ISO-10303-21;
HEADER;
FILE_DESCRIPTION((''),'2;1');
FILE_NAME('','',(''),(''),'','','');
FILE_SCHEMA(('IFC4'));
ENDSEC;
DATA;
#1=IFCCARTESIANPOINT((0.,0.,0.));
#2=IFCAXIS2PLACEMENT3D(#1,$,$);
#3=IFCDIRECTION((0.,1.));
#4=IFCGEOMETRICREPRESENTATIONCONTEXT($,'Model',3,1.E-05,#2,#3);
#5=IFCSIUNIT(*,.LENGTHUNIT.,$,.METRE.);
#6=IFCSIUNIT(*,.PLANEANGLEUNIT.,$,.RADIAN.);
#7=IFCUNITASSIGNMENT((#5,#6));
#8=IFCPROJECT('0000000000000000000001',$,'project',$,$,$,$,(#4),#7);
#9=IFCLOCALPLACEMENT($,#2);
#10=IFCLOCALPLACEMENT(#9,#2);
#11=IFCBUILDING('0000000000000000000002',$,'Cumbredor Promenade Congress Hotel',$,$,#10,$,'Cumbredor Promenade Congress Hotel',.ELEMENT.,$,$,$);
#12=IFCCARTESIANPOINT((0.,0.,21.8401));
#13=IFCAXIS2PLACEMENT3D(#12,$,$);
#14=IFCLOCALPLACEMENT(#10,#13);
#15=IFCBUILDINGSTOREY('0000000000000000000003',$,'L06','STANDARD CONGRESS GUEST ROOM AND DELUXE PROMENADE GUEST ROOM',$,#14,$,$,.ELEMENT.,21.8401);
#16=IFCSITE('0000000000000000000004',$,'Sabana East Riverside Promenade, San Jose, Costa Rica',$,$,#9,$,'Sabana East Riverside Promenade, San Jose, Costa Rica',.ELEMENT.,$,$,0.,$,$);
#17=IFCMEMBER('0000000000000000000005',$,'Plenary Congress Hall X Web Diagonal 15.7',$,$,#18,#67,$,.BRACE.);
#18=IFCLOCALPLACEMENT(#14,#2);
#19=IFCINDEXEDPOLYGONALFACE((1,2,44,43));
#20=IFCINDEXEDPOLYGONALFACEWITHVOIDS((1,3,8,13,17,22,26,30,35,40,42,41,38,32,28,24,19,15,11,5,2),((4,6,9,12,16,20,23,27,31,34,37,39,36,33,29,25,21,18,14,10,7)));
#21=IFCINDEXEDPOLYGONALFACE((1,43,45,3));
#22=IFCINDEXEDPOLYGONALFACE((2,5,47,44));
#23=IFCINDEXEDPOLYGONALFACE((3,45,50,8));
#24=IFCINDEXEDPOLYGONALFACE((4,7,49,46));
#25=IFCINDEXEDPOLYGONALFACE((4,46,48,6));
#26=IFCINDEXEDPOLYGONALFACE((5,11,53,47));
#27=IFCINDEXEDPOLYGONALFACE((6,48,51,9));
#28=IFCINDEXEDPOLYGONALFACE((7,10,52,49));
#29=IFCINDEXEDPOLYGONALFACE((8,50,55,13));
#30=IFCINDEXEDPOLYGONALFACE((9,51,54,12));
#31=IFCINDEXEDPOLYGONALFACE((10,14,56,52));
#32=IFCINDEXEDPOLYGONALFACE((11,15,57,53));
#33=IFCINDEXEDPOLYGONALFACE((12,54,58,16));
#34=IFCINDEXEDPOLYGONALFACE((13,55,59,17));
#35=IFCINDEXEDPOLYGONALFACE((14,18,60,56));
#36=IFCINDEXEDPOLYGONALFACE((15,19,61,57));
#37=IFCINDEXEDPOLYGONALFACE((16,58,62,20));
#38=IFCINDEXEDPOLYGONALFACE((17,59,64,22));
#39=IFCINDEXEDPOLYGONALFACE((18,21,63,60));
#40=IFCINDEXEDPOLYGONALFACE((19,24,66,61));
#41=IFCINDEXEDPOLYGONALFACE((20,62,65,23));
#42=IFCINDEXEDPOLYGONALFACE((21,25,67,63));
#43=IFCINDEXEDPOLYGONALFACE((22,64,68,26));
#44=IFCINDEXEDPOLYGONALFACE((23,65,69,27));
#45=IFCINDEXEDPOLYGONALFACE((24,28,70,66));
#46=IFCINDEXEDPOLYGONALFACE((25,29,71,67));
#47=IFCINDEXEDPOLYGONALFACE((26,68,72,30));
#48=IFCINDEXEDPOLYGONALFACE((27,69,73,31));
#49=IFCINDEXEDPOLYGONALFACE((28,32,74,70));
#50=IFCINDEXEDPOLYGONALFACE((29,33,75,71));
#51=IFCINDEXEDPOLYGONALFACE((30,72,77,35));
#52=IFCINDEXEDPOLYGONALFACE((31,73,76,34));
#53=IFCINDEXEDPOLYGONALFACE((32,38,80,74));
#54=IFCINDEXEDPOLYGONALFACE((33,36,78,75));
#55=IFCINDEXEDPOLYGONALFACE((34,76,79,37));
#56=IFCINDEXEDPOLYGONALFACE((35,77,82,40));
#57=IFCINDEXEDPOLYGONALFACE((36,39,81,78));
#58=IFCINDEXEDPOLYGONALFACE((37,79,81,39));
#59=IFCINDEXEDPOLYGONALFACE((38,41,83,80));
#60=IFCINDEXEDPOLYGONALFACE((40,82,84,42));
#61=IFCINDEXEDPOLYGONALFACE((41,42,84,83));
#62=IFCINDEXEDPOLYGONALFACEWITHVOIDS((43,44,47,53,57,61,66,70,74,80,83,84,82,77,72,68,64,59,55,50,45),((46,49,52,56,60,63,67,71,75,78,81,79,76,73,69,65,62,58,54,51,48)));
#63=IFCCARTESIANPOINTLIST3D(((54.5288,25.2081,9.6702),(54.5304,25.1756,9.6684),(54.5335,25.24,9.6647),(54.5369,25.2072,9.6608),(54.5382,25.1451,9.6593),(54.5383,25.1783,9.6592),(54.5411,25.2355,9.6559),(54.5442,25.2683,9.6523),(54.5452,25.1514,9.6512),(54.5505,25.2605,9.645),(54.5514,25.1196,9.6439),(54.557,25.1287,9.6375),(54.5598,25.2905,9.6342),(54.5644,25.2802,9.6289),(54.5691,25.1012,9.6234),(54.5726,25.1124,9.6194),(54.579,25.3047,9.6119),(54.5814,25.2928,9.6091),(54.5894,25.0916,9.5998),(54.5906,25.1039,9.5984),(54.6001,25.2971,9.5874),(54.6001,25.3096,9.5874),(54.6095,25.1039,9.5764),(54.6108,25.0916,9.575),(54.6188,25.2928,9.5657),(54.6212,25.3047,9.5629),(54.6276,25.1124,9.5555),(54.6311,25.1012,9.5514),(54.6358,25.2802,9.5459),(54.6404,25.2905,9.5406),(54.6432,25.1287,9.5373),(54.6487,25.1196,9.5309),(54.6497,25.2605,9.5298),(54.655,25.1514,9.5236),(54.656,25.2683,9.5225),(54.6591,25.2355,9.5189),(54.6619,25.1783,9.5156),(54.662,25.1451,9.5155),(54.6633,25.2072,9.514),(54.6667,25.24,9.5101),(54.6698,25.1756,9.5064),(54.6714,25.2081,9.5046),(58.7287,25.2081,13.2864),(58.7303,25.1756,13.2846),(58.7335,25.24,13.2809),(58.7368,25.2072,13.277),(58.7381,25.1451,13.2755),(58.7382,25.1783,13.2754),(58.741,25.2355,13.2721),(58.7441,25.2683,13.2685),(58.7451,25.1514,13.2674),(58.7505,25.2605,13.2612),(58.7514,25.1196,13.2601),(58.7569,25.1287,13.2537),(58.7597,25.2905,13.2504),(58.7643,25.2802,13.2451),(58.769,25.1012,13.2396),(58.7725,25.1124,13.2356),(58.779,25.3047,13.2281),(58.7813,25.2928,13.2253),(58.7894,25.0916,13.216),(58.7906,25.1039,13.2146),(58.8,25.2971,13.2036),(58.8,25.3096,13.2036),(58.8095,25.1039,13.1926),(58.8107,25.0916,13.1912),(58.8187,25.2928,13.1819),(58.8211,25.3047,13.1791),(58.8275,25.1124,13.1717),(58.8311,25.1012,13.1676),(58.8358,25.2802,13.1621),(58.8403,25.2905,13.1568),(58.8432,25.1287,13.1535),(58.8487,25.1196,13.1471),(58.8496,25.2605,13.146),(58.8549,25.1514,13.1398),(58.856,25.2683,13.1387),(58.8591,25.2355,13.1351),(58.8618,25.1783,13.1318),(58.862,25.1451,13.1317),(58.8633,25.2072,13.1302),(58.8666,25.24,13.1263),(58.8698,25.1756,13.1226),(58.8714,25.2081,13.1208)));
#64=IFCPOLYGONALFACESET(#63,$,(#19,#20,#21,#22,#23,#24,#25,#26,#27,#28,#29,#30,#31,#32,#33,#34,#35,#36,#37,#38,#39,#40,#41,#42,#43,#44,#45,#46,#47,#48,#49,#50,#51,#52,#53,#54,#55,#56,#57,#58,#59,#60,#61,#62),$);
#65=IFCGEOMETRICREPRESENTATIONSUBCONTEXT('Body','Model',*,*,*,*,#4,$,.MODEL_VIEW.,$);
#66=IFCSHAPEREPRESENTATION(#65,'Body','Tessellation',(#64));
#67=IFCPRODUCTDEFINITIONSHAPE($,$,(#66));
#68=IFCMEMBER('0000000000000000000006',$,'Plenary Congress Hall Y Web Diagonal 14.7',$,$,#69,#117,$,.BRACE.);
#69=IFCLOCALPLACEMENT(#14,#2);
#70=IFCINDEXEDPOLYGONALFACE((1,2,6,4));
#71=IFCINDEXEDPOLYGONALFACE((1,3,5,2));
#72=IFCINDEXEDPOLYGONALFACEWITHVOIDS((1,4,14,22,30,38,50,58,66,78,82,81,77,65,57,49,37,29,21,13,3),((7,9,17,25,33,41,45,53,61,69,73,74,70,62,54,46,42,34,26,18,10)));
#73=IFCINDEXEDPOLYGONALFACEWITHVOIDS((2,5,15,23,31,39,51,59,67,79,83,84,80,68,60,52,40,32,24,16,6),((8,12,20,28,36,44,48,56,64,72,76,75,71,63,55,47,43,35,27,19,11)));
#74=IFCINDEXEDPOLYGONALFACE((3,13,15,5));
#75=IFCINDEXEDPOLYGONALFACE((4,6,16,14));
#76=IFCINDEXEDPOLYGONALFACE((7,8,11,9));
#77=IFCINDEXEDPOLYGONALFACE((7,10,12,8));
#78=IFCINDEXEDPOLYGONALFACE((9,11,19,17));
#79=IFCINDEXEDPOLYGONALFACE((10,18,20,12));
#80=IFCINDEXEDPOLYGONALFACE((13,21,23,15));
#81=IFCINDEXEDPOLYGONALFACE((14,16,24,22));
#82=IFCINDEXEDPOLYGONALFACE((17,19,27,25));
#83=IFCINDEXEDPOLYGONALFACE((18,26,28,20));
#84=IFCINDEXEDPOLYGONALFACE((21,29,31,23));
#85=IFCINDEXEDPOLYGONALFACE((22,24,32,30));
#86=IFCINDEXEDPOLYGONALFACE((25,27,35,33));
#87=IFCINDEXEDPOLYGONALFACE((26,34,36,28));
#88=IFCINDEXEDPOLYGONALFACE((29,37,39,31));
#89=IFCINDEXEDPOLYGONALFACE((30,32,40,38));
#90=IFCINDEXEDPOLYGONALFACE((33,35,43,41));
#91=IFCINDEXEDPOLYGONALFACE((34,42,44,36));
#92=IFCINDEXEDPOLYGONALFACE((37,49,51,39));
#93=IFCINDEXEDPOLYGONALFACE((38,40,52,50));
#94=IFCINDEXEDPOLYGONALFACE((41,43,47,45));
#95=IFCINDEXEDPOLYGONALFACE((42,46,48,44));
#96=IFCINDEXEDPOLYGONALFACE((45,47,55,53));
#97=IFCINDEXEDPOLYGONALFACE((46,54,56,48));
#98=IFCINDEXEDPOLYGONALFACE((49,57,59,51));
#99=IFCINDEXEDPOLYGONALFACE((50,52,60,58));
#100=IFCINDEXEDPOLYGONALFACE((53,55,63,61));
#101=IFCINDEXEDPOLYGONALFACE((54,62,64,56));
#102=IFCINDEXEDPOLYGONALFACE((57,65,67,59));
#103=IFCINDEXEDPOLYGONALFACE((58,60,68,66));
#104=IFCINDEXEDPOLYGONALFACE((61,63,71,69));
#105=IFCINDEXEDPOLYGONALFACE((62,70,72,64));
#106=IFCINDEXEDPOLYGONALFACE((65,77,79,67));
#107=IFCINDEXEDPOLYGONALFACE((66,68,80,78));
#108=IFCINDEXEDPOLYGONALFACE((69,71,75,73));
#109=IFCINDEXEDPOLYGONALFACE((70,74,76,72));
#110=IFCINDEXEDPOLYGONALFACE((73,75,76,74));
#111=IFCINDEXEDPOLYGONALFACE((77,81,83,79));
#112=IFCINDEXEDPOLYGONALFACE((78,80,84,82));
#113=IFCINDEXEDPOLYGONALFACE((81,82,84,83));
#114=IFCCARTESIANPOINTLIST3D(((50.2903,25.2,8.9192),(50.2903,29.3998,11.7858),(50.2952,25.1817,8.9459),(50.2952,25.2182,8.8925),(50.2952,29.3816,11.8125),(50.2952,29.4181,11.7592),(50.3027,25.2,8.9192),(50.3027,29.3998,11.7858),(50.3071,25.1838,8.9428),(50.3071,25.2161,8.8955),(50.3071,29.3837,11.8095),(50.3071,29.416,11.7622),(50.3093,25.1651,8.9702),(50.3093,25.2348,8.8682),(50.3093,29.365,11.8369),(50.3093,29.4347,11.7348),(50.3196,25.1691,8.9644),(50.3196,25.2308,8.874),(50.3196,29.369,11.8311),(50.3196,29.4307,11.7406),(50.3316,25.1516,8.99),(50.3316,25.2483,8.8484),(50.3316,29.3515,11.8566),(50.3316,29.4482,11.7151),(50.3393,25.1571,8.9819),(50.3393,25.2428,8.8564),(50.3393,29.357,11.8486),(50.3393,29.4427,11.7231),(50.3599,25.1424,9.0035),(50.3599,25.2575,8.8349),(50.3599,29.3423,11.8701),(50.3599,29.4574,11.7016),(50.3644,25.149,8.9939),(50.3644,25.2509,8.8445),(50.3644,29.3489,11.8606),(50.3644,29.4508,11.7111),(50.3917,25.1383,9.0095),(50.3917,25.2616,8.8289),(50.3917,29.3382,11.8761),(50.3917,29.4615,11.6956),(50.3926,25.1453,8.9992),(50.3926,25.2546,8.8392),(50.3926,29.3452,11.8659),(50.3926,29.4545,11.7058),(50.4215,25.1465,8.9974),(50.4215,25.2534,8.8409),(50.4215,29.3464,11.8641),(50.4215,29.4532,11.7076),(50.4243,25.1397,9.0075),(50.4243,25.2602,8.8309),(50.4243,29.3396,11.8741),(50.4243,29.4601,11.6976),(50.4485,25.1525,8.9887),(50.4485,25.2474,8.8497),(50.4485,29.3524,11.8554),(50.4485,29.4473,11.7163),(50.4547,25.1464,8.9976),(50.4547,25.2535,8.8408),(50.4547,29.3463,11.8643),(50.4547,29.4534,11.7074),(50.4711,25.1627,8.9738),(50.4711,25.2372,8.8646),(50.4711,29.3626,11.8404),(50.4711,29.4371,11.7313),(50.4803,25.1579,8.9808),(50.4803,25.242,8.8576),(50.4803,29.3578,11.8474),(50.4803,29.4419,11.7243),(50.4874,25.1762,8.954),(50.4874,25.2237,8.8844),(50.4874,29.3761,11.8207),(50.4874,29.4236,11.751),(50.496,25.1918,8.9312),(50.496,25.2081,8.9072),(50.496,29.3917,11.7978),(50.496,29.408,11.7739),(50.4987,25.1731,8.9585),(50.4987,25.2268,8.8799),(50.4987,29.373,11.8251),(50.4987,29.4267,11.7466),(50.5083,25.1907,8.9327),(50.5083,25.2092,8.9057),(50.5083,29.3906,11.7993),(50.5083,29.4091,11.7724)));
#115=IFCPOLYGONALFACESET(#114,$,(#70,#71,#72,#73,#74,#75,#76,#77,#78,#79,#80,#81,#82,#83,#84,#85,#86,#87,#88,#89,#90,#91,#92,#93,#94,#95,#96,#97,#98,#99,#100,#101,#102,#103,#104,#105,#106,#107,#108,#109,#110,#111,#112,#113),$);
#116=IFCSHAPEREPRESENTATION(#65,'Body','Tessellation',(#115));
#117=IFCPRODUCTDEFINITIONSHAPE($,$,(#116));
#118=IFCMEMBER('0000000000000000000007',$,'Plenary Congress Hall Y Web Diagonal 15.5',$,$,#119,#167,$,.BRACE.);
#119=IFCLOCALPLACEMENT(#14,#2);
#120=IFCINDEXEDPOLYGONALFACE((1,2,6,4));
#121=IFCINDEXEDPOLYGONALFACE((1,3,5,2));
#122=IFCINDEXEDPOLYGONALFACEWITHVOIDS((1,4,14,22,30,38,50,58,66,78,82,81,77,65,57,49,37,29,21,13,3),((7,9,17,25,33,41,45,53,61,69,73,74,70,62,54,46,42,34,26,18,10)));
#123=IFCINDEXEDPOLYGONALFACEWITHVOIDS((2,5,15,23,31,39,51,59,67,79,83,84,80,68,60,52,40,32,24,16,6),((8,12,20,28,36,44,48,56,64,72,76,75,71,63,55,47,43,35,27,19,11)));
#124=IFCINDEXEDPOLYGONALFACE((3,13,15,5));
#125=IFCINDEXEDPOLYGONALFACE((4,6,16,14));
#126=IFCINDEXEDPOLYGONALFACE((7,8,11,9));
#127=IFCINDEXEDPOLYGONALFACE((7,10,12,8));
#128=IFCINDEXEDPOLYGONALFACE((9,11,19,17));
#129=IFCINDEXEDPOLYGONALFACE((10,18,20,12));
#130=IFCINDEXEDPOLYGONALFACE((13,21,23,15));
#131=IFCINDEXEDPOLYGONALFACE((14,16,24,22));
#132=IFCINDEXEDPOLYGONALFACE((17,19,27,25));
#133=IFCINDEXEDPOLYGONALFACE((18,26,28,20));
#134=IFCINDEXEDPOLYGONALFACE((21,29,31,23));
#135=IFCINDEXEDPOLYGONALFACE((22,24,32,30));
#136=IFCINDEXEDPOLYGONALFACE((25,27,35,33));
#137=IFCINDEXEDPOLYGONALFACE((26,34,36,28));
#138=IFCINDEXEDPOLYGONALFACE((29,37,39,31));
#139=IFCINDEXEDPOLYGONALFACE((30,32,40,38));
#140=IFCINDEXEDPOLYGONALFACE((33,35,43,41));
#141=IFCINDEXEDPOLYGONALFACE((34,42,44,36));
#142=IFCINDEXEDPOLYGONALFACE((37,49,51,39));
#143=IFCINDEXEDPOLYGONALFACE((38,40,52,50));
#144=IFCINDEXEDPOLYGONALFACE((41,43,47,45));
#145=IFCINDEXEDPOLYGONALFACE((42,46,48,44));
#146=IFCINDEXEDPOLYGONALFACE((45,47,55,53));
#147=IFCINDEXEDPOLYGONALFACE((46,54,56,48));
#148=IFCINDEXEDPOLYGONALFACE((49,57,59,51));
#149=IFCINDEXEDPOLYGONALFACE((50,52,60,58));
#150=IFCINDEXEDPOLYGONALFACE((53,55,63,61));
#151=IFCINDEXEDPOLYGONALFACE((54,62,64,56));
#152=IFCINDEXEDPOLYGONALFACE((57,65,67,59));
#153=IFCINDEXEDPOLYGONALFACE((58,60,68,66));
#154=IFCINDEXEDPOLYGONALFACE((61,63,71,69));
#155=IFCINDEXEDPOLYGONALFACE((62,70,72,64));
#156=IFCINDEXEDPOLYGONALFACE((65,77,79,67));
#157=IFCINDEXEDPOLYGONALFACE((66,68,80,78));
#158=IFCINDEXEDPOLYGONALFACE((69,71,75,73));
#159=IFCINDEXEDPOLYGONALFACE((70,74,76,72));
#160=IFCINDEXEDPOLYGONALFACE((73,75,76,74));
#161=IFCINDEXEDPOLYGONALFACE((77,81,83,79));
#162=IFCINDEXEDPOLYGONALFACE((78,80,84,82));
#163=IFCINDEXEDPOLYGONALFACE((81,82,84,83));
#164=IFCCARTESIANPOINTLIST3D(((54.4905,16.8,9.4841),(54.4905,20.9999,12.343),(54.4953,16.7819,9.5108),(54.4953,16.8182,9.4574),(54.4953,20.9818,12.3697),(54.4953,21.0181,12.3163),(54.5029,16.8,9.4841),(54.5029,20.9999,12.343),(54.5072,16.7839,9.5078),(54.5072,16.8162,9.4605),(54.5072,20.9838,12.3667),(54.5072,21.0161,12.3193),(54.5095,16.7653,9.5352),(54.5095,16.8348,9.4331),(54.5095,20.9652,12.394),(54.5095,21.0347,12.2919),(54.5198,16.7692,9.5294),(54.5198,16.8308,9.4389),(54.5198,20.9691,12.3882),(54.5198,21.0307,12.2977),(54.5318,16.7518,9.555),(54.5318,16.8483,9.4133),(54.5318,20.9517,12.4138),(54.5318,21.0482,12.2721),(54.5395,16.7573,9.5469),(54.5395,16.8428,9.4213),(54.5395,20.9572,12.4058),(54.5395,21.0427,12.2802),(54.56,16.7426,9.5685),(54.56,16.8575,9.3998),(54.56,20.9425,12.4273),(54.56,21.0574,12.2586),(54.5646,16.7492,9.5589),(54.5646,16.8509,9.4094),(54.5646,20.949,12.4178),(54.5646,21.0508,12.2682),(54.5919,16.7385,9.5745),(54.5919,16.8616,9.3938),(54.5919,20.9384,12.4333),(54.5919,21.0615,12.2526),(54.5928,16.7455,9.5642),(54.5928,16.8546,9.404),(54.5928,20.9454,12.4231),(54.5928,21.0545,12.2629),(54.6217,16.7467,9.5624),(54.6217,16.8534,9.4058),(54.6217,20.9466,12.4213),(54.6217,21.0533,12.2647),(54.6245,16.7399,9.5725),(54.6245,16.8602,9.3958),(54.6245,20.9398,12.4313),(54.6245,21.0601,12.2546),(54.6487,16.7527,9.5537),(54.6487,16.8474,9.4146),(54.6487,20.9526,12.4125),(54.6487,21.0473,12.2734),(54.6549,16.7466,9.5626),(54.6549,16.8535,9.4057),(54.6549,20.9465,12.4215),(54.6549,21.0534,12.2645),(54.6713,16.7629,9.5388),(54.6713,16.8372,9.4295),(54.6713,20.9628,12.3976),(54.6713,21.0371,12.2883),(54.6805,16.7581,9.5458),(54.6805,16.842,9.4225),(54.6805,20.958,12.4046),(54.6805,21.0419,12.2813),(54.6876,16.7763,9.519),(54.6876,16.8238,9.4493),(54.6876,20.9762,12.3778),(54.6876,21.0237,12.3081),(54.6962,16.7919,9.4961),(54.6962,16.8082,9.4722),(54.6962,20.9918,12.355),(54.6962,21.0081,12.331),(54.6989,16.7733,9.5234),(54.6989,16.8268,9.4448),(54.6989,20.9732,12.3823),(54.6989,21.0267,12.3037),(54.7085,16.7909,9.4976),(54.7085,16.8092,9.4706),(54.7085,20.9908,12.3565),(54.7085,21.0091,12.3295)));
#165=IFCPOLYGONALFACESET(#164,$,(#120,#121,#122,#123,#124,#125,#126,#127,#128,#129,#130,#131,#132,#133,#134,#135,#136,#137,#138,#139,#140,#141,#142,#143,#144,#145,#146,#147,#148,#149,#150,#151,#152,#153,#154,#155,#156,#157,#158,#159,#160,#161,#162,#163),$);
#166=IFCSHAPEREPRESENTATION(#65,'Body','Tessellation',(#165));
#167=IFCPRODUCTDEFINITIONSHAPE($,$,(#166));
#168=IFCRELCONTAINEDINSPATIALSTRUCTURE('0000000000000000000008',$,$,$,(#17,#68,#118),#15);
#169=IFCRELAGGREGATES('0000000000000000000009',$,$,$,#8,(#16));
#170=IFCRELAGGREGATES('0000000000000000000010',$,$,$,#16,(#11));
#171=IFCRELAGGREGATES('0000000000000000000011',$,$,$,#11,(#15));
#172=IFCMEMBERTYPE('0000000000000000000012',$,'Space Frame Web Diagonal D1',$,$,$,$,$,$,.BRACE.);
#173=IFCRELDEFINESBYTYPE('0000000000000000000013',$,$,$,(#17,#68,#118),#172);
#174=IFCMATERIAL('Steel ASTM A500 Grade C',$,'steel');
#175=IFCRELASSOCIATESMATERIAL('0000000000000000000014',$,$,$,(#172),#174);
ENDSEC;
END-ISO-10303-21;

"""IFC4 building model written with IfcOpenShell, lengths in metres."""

from ifc_helpers import new_model, si_unit, direction, frame, origin, origin_2d, place, context, subcontext, project, spatial, hollow_circle, extrude, material, material_profile, profile_set, type_object, element, save


model = new_model("IFC4")

# Units and contexts
model_context = context("Model", 3, precision=1e-05, world=origin(), true_north=direction((0.0, 1.0)))
body_context = subcontext(model_context, "Body", "Model", "MODEL_VIEW")
ifc_project = project(units=[si_unit("LENGTHUNIT", "METRE"), si_unit("PLANEANGLEUNIT", "RADIAN")], contexts=[model_context])

# Site, building, storey
site_placement = place(None, origin())
site = spatial("IfcSite", under=ifc_project, at=site_placement, Name="Sabana East Riverside Promenade, San Jose, Costa Rica", LongName="Sabana East Riverside Promenade, San Jose, Costa Rica", CompositionType="ELEMENT", RefElevation=0.0)
building_placement = place(site_placement, origin())
building = spatial("IfcBuilding", under=site, at=building_placement, Name="Cumbredor Promenade Congress Hotel", LongName="Cumbredor Promenade Congress Hotel", CompositionType="ELEMENT")
storey_placement = place(building_placement, frame((0.0, 0.0, 21.8401)))
storey = spatial("IfcBuildingStorey", under=building, at=storey_placement, Name="L06", Description="STANDARD CONGRESS GUEST ROOM AND DELUXE PROMENADE GUEST ROOM", CompositionType="ELEMENT", Elevation=21.8401)

# Members
ifc_material_1 = material(Name="Steel ASTM A500 Grade C", Category="steel")
ifc_material_profile_1 = material_profile(ifc_material_1, hollow_circle(Radius=0.1096, WallThickness=0.0125, at=origin_2d()), Name="CHS 219.1x12.5")
ifc_profile_set_1 = profile_set([ifc_material_profile_1], Name="Steel ASTM A500 Grade C")
member_type_1 = type_object("IfcMemberType", Name="Space Frame Web Diagonal D1", PredefinedType="BRACE", material=ifc_profile_set_1)
member_1_placement = place(storey_placement, frame((54.6001, 25.2, 9.5874), z_axis=(0.757806, 0.0, 0.65248), x_axis=(0.0, 1.0, 0.0)))
element("IfcMember", 1, at=member_1_placement, inside=storey, type_object=member_type_1, Name="Plenary Congress Hall X Web Diagonal 15.7", PredefinedType="BRACE", context=body_context, shape_type="SweptSolid", body=[
    extrude(hollow_circle(Radius=0.1096, WallThickness=0.0125, at=origin_2d()), origin(), (0.0, 0.0, 1.0), 5.5422),
])
member_2_placement = place(storey_placement, frame((50.3999, 25.2, 8.9192), z_axis=(0.0, 0.825944, 0.563752), x_axis=(-1.0, 0.0, 0.0)))
element("IfcMember", 2, at=member_2_placement, inside=storey, type_object=member_type_1, Name="Plenary Congress Hall Y Web Diagonal 14.7", PredefinedType="BRACE", context=body_context, shape_type="SweptSolid", body=[
    extrude(hollow_circle(Radius=0.1096, WallThickness=0.0125, at=origin_2d()), origin(), (0.0, 0.0, 1.0), 5.085),
])
member_3_placement = place(storey_placement, frame((54.6001, 16.8, 9.4841), z_axis=(0.0, 0.826659, 0.562703), x_axis=(-1.0, 0.0, 0.0)))
element("IfcMember", 3, at=member_3_placement, inside=storey, type_object=member_type_1, Name="Plenary Congress Hall Y Web Diagonal 15.5", PredefinedType="BRACE", context=body_context, shape_type="SweptSolid", body=[
    extrude(hollow_circle(Radius=0.1096, WallThickness=0.0125, at=origin_2d()), origin(), (0.0, 0.0, 1.0), 5.0806),
])

save(model, "model.ifc")
